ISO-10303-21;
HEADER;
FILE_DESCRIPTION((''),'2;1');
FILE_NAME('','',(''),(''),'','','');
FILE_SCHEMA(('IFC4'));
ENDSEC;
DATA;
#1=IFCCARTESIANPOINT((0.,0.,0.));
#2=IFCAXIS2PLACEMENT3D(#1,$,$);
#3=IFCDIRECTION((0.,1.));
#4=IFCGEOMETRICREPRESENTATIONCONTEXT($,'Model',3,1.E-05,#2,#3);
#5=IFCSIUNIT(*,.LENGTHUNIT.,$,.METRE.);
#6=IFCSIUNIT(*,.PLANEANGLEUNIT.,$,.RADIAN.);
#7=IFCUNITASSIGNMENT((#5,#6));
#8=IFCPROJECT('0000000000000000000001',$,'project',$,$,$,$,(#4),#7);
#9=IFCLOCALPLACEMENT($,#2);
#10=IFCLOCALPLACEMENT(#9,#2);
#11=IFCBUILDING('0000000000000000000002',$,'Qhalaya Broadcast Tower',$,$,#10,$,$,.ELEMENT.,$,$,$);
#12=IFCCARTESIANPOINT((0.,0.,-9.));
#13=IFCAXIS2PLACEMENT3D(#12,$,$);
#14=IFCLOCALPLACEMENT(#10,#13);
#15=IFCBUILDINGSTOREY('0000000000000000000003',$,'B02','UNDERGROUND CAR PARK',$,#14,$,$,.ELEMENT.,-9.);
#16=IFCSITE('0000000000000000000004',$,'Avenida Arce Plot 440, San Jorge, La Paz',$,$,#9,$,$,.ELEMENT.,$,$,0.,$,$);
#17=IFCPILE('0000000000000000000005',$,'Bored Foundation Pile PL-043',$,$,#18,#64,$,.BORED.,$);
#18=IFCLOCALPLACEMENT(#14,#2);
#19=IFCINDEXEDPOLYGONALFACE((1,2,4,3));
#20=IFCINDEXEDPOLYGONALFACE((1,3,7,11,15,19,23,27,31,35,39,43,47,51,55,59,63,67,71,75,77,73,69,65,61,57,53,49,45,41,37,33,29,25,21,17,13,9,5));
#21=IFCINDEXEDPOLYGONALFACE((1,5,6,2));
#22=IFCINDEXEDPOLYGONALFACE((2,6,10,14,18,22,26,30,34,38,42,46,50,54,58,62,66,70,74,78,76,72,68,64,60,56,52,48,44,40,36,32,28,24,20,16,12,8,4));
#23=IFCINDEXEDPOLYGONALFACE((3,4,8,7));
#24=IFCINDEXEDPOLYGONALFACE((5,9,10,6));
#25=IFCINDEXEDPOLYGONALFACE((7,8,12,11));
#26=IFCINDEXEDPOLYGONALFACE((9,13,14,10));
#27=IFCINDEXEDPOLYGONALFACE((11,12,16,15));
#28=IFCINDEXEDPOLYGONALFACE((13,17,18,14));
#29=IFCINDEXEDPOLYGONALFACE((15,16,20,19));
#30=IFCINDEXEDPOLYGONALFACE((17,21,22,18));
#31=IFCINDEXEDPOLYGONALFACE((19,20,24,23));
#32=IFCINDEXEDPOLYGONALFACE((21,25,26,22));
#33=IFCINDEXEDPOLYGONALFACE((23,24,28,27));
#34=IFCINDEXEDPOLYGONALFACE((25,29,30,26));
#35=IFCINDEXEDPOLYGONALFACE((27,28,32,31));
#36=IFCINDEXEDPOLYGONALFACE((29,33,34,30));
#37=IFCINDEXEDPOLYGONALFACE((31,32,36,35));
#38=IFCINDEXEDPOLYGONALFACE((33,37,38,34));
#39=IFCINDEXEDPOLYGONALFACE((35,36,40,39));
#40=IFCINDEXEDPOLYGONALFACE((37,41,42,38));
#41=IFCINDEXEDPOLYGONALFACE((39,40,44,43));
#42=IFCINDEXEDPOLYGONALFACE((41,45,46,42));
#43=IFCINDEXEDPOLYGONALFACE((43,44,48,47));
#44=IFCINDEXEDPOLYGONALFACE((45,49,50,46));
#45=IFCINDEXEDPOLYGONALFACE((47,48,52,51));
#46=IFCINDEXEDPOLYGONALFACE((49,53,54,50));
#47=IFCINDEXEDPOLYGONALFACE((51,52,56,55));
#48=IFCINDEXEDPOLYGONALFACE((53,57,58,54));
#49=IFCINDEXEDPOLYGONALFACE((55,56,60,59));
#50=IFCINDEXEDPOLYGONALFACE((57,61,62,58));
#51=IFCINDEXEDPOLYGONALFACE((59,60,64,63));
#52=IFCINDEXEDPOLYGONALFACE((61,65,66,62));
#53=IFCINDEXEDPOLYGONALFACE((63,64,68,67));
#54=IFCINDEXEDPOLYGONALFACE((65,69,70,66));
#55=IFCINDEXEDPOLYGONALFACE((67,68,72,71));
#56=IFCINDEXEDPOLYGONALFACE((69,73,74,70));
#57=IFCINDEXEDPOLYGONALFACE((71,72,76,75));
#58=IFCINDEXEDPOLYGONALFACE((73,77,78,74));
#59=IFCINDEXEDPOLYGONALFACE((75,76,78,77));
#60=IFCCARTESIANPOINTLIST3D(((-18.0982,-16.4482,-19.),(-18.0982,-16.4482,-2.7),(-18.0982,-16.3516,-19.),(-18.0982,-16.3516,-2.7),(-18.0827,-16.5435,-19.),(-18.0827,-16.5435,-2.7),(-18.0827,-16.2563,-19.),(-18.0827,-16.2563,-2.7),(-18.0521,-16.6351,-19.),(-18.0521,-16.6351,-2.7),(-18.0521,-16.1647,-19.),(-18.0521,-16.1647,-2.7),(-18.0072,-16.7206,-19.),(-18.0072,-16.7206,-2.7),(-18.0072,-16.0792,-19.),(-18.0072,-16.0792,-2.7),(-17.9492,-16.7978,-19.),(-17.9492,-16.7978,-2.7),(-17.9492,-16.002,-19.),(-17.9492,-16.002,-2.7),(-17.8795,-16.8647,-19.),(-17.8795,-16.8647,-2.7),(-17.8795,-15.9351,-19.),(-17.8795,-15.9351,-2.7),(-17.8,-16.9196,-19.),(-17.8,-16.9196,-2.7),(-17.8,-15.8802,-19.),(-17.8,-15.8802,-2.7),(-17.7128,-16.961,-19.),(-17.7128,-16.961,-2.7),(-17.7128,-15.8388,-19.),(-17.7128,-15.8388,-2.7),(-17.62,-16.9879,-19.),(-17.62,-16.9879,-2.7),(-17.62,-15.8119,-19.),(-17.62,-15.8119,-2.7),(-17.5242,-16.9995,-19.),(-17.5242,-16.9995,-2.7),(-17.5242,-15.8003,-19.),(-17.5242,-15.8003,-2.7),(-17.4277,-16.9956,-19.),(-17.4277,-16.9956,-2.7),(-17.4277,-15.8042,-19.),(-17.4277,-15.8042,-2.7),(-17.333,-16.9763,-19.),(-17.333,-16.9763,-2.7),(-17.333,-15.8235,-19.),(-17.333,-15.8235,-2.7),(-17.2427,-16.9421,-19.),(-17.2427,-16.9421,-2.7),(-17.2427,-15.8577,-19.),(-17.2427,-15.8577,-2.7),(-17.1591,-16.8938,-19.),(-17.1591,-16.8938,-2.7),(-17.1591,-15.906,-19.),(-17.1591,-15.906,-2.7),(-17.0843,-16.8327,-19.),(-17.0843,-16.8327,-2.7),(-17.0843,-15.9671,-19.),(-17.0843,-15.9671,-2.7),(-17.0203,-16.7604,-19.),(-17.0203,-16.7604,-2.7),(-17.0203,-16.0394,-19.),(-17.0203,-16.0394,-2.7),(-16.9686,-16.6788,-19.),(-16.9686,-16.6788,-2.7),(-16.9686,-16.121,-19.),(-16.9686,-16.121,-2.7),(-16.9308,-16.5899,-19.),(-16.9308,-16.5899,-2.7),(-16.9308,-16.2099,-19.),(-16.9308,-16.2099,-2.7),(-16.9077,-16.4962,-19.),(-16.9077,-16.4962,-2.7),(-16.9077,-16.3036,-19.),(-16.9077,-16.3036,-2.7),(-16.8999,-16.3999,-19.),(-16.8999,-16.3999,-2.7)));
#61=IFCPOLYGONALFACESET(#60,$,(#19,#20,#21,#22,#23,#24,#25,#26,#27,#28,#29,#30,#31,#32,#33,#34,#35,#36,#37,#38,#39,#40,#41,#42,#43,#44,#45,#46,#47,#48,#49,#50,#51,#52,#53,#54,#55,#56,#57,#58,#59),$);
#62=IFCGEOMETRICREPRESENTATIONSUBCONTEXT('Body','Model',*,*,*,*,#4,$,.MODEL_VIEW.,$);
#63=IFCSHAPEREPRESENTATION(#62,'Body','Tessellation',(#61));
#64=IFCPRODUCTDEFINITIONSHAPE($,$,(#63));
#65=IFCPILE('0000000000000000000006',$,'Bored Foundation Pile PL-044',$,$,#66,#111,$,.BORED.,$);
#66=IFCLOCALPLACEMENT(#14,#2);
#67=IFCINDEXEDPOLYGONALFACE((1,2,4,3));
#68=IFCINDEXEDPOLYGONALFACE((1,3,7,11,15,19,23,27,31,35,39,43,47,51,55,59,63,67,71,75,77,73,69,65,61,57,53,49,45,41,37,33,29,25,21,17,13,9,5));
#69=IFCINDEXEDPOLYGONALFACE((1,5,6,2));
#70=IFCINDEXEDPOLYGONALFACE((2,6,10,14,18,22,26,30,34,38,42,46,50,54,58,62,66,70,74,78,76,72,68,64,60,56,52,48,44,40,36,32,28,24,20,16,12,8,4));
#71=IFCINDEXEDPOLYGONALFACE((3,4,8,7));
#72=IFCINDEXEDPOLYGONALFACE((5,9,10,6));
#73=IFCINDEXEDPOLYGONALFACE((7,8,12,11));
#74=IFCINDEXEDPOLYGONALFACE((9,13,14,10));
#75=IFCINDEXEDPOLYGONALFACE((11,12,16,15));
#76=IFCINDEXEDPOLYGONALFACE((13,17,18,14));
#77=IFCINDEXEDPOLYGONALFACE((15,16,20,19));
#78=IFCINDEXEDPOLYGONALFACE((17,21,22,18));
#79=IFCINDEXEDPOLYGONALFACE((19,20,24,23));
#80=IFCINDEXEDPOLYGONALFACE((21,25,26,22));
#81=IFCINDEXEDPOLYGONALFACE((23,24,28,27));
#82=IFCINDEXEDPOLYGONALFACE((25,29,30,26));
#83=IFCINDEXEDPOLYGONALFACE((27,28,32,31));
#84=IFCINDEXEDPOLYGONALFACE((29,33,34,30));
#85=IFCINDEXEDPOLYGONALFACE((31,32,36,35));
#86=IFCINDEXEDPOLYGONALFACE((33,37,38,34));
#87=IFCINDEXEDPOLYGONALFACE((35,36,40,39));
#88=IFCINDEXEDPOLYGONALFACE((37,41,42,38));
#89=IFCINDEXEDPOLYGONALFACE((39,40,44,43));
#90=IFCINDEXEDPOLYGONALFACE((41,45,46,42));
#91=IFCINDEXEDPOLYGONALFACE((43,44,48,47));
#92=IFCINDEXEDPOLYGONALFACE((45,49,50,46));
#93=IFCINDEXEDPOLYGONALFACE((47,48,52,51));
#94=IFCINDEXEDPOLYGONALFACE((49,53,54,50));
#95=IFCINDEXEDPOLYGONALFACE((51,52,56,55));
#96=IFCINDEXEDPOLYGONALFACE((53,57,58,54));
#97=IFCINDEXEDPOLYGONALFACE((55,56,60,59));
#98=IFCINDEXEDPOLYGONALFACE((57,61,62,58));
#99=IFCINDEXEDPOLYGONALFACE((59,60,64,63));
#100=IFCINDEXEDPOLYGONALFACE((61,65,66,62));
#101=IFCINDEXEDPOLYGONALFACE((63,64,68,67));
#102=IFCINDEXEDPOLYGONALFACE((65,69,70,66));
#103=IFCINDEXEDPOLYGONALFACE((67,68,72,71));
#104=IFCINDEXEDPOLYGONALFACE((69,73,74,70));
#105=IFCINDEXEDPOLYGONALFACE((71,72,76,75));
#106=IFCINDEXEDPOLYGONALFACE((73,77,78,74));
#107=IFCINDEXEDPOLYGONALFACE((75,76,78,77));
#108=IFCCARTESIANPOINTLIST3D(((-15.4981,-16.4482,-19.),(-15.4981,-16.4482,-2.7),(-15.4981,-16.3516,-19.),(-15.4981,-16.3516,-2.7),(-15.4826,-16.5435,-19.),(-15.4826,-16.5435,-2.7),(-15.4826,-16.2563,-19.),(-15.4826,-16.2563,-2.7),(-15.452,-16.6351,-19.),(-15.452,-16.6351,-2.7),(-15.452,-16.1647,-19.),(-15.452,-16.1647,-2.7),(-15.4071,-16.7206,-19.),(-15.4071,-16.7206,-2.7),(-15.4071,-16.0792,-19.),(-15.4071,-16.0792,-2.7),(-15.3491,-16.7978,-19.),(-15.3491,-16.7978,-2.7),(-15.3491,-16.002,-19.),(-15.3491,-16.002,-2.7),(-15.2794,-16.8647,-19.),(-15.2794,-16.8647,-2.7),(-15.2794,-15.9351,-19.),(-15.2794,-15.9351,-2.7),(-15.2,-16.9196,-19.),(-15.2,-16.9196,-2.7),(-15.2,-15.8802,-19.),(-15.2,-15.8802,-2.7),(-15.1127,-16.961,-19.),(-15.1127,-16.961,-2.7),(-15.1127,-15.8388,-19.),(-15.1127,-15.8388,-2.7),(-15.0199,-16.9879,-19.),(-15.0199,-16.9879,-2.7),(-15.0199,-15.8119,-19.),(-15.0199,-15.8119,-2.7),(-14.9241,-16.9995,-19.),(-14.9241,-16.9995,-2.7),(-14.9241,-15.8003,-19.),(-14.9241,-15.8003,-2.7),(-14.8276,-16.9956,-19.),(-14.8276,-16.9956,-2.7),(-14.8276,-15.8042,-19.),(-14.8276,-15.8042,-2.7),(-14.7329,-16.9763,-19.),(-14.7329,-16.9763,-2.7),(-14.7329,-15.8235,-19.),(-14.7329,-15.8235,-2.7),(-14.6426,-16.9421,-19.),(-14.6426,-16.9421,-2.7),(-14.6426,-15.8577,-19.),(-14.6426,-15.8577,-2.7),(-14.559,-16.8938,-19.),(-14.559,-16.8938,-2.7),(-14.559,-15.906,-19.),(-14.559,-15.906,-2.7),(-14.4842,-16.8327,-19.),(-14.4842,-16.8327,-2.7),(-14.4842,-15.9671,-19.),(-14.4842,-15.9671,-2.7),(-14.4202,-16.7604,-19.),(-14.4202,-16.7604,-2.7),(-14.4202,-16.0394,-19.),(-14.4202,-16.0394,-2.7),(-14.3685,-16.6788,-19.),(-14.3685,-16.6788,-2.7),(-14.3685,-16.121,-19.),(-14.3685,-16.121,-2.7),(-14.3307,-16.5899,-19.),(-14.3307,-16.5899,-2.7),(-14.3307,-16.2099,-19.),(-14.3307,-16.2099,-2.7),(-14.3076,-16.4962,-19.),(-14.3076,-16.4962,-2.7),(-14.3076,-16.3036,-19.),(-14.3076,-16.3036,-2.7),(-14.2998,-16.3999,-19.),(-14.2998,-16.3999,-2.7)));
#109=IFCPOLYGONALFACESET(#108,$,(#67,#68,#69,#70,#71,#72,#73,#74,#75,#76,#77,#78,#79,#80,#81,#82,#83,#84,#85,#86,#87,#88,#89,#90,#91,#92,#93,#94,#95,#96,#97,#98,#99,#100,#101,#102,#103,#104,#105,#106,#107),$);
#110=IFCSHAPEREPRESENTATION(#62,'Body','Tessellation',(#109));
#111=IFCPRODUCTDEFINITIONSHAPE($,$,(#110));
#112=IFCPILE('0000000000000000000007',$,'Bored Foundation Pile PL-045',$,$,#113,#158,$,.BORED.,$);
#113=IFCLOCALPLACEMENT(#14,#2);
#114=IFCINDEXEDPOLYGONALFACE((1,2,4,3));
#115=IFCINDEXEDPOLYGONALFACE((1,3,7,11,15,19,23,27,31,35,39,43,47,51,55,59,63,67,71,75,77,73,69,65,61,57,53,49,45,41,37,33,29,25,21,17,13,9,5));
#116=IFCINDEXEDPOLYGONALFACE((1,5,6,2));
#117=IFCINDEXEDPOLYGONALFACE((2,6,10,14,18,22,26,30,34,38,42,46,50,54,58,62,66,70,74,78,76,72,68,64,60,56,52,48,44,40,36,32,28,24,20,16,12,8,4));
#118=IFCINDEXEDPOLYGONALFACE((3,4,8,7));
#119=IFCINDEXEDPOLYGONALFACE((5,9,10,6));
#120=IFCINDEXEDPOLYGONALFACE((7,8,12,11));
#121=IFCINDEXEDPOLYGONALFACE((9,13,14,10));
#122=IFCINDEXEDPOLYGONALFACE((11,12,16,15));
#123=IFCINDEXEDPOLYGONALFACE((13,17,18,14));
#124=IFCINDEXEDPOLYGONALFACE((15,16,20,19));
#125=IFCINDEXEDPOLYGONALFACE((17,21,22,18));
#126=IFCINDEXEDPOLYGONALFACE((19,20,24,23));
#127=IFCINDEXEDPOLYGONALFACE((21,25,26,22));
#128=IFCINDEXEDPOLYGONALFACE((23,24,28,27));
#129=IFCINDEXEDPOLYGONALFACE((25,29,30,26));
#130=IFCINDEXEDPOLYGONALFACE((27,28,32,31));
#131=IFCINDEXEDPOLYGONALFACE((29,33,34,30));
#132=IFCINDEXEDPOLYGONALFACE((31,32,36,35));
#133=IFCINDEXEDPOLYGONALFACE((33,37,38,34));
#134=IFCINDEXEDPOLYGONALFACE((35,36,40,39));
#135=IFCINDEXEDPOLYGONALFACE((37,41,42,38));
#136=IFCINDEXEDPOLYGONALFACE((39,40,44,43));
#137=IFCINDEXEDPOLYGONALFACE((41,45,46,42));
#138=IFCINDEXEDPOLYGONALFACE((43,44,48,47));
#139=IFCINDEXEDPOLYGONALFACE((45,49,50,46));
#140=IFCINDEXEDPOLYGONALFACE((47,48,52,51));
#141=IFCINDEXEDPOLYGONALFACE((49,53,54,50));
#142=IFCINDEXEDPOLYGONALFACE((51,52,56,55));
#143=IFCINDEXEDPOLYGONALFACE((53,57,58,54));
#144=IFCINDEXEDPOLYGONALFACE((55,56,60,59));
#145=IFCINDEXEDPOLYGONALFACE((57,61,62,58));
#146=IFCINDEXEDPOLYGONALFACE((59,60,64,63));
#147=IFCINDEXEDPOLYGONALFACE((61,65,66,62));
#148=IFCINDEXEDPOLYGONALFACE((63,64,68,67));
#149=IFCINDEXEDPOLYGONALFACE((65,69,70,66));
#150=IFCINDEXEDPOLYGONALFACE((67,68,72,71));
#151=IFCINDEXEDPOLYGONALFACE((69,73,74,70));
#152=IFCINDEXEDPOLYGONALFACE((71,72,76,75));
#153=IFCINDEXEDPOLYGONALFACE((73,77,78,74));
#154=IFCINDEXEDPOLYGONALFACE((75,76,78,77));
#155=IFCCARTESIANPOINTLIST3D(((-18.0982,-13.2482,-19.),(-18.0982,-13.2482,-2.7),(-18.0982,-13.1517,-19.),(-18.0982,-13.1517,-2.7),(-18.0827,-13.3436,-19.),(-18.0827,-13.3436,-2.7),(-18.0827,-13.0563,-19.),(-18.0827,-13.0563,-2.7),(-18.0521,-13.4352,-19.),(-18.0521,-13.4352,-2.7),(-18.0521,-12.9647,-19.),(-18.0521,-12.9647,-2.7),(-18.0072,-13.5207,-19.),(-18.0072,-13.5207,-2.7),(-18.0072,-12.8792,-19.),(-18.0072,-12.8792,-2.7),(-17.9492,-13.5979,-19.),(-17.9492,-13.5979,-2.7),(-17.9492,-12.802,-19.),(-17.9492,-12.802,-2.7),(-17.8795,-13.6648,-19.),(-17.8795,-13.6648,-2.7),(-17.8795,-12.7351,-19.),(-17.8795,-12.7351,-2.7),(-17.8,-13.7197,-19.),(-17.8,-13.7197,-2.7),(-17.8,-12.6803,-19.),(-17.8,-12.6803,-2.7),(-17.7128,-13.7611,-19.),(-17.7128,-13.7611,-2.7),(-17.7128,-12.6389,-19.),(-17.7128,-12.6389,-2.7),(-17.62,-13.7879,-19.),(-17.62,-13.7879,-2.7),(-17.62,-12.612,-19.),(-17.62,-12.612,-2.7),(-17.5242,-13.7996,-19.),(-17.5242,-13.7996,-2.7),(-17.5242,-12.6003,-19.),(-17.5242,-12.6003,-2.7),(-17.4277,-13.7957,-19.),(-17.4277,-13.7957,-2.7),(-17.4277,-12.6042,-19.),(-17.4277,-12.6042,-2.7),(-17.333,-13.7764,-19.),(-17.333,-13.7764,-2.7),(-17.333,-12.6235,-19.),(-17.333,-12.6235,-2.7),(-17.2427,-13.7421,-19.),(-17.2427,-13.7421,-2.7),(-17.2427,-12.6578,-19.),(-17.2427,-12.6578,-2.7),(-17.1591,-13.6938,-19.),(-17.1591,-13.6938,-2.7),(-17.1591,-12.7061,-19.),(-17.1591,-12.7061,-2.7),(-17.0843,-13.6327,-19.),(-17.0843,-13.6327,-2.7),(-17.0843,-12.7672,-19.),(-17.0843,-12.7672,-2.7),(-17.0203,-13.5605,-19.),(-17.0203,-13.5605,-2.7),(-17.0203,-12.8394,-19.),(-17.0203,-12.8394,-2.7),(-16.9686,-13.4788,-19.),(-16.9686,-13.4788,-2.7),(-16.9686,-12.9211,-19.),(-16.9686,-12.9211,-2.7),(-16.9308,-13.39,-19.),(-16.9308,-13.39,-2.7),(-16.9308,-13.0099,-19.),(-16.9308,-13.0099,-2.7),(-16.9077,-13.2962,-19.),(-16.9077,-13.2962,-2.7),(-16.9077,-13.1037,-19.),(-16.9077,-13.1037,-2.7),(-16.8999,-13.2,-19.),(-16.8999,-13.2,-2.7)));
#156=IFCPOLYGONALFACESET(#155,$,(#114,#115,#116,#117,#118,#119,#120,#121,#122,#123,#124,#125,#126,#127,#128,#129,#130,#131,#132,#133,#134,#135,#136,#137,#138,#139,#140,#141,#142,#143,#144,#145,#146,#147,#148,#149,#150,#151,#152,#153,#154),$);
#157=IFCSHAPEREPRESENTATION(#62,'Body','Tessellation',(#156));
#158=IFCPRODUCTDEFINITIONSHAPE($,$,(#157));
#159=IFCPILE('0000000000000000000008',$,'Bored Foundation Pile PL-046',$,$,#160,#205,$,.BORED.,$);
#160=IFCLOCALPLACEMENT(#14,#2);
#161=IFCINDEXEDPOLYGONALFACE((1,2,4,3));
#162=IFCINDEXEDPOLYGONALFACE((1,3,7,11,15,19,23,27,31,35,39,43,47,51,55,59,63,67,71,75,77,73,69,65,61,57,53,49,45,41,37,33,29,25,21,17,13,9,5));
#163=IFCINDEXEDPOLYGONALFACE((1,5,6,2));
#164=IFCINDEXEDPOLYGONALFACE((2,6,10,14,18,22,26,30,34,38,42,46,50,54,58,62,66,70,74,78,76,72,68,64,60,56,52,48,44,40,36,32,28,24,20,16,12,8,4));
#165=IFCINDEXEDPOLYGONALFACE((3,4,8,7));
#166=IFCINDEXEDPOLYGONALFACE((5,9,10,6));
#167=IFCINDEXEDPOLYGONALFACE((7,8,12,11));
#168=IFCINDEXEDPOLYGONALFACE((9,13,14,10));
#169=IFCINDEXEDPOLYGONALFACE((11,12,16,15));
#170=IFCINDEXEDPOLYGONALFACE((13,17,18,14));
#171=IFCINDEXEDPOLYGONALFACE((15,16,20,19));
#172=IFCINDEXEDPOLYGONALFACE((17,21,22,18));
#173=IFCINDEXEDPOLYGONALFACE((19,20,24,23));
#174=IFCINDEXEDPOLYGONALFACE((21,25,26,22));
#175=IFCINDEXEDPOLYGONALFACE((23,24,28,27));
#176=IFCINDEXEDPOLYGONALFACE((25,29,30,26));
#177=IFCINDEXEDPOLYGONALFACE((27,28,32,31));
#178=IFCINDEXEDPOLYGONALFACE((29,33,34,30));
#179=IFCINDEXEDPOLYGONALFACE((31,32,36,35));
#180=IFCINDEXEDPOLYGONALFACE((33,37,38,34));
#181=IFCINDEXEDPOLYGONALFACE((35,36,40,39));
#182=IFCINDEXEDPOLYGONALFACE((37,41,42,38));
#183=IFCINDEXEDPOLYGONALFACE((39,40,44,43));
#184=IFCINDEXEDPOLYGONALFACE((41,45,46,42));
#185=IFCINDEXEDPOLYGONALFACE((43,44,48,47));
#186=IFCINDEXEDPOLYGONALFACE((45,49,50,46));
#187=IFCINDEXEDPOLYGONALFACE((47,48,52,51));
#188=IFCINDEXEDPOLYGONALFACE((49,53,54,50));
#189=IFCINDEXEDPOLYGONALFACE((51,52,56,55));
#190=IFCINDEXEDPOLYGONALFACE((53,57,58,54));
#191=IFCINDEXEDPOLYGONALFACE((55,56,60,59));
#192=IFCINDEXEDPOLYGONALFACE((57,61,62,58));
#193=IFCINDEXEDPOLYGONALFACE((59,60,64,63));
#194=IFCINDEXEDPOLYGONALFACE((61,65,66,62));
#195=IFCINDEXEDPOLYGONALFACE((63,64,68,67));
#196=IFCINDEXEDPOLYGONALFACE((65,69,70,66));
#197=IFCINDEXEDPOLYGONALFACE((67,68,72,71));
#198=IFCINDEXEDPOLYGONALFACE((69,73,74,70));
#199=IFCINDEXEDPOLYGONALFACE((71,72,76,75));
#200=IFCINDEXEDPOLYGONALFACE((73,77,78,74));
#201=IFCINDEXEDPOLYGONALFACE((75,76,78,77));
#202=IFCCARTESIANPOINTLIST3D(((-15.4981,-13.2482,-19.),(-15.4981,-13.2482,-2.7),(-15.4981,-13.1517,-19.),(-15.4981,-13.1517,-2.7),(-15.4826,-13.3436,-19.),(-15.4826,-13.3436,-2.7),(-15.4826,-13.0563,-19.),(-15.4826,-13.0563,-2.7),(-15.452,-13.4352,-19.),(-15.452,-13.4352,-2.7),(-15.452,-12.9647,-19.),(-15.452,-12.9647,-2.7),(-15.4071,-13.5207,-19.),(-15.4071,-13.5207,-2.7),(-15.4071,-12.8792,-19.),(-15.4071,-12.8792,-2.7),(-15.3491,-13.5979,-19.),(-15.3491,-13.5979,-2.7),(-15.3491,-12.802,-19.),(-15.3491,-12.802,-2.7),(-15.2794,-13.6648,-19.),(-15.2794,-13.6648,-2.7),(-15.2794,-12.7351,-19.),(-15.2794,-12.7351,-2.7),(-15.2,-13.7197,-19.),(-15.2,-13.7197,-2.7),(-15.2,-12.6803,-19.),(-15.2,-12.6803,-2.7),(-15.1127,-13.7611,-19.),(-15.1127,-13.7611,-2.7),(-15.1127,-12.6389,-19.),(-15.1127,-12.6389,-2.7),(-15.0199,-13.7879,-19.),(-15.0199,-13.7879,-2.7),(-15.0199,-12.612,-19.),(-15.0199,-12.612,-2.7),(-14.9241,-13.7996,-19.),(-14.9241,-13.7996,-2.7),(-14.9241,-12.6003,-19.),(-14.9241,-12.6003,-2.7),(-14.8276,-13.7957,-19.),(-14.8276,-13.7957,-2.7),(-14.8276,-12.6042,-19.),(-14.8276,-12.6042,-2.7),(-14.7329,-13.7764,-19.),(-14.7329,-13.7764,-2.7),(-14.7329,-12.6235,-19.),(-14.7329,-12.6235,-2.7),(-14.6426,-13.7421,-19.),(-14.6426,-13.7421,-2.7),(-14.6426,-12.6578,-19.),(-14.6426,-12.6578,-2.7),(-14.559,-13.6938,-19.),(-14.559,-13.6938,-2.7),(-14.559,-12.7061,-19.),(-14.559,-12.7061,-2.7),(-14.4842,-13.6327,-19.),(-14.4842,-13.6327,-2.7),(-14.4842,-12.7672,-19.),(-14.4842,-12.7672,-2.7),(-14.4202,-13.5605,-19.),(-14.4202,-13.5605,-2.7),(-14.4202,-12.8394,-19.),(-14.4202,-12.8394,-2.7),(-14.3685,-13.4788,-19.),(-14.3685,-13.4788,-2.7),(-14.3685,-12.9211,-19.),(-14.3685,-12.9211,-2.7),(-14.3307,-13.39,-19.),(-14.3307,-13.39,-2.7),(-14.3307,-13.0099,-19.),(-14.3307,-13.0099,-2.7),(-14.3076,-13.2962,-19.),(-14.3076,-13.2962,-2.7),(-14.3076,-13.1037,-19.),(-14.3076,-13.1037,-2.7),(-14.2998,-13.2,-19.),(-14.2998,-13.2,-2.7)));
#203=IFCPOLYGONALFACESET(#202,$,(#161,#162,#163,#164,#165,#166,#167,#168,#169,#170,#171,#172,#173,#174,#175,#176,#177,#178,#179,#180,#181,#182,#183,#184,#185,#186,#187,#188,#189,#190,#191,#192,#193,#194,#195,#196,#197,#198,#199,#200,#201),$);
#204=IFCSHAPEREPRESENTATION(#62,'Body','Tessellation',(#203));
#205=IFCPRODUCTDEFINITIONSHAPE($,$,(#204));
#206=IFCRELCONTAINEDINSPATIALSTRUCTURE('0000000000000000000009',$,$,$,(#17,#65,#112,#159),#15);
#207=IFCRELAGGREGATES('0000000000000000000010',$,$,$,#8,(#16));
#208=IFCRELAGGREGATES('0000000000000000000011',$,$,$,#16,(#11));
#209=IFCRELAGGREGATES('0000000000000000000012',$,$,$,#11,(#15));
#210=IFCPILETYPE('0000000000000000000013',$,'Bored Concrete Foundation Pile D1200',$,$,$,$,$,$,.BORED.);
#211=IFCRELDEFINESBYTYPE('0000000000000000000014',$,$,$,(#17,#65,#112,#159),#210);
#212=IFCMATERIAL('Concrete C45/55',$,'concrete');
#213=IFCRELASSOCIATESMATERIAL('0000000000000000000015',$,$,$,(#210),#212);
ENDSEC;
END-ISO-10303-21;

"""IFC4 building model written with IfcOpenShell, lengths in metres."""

from ifc_helpers import new_model, si_unit, direction, frame, origin, origin_2d, place, context, subcontext, project, spatial, circle, extrude, material, material_profile, profile_set, type_object, element, save


model = new_model("IFC4")

# Units and contexts
model_context = context("Model", 3, precision=1e-05, world=origin(), true_north=direction((0.0, 1.0)))
body_context = subcontext(model_context, "Body", "Model", "MODEL_VIEW")
ifc_project = project(units=[si_unit("LENGTHUNIT", "METRE"), si_unit("PLANEANGLEUNIT", "RADIAN")], contexts=[model_context])

# Site, building, storey
site_placement = place(None, origin())
site = spatial("IfcSite", under=ifc_project, at=site_placement, Name="Avenida Arce Plot 440, San Jorge, La Paz", CompositionType="ELEMENT", RefElevation=0.0)
building_placement = place(site_placement, origin())
building = spatial("IfcBuilding", under=site, at=building_placement, Name="Qhalaya Broadcast Tower", CompositionType="ELEMENT")
storey_placement = place(building_placement, frame((0.0, 0.0, -9.0)))
storey = spatial("IfcBuildingStorey", under=building, at=storey_placement, Name="B02", Description="UNDERGROUND CAR PARK", CompositionType="ELEMENT", Elevation=-9.0)

# Piles
ifc_material_1 = material(Name="Concrete C45/55", Category="concrete")
ifc_material_profile_1 = material_profile(ifc_material_1, circle(Radius=0.6001, at=origin_2d()), Name="PILE D1200")
ifc_profile_set_1 = profile_set([ifc_material_profile_1], Name="Concrete C45/55")
pile_type = type_object("IfcPileType", Name="Bored Concrete Foundation Pile D1200", PredefinedType="BORED", material=ifc_profile_set_1)
for number, where, z_axis, x_axis, name in (
    (1, (-17.5, -16.3999, -2.7), (0.0, 0.0, -1.0), (1.0, 0.0, 0.0), "Bored Foundation Pile PL-043"),
    (2, (-14.8999, -16.3999, -2.7), (0.0, 0.0, -1.0), (1.0, 0.0, 0.0), "Bored Foundation Pile PL-044"),
    (3, (-17.5, -13.2, -2.7), (0.0, 0.0, -1.0), (1.0, 0.0, 0.0), "Bored Foundation Pile PL-045"),
    (4, (-14.8999, -13.2, -2.7), (0.0, 0.0, -1.0), (1.0, 0.0, 0.0), "Bored Foundation Pile PL-046"),
):
    element("IfcPile", number, at=place(storey_placement, frame(where, z_axis=z_axis, x_axis=x_axis)), inside=storey, type_object=pile_type, Name=name, PredefinedType="BORED", context=body_context, shape_type="SweptSolid", body=[
        extrude(circle(Radius=0.6001, at=origin_2d()), origin(), (0.0, 0.0, 1.0), 16.3),
    ])

save(model, "model.ifc")
